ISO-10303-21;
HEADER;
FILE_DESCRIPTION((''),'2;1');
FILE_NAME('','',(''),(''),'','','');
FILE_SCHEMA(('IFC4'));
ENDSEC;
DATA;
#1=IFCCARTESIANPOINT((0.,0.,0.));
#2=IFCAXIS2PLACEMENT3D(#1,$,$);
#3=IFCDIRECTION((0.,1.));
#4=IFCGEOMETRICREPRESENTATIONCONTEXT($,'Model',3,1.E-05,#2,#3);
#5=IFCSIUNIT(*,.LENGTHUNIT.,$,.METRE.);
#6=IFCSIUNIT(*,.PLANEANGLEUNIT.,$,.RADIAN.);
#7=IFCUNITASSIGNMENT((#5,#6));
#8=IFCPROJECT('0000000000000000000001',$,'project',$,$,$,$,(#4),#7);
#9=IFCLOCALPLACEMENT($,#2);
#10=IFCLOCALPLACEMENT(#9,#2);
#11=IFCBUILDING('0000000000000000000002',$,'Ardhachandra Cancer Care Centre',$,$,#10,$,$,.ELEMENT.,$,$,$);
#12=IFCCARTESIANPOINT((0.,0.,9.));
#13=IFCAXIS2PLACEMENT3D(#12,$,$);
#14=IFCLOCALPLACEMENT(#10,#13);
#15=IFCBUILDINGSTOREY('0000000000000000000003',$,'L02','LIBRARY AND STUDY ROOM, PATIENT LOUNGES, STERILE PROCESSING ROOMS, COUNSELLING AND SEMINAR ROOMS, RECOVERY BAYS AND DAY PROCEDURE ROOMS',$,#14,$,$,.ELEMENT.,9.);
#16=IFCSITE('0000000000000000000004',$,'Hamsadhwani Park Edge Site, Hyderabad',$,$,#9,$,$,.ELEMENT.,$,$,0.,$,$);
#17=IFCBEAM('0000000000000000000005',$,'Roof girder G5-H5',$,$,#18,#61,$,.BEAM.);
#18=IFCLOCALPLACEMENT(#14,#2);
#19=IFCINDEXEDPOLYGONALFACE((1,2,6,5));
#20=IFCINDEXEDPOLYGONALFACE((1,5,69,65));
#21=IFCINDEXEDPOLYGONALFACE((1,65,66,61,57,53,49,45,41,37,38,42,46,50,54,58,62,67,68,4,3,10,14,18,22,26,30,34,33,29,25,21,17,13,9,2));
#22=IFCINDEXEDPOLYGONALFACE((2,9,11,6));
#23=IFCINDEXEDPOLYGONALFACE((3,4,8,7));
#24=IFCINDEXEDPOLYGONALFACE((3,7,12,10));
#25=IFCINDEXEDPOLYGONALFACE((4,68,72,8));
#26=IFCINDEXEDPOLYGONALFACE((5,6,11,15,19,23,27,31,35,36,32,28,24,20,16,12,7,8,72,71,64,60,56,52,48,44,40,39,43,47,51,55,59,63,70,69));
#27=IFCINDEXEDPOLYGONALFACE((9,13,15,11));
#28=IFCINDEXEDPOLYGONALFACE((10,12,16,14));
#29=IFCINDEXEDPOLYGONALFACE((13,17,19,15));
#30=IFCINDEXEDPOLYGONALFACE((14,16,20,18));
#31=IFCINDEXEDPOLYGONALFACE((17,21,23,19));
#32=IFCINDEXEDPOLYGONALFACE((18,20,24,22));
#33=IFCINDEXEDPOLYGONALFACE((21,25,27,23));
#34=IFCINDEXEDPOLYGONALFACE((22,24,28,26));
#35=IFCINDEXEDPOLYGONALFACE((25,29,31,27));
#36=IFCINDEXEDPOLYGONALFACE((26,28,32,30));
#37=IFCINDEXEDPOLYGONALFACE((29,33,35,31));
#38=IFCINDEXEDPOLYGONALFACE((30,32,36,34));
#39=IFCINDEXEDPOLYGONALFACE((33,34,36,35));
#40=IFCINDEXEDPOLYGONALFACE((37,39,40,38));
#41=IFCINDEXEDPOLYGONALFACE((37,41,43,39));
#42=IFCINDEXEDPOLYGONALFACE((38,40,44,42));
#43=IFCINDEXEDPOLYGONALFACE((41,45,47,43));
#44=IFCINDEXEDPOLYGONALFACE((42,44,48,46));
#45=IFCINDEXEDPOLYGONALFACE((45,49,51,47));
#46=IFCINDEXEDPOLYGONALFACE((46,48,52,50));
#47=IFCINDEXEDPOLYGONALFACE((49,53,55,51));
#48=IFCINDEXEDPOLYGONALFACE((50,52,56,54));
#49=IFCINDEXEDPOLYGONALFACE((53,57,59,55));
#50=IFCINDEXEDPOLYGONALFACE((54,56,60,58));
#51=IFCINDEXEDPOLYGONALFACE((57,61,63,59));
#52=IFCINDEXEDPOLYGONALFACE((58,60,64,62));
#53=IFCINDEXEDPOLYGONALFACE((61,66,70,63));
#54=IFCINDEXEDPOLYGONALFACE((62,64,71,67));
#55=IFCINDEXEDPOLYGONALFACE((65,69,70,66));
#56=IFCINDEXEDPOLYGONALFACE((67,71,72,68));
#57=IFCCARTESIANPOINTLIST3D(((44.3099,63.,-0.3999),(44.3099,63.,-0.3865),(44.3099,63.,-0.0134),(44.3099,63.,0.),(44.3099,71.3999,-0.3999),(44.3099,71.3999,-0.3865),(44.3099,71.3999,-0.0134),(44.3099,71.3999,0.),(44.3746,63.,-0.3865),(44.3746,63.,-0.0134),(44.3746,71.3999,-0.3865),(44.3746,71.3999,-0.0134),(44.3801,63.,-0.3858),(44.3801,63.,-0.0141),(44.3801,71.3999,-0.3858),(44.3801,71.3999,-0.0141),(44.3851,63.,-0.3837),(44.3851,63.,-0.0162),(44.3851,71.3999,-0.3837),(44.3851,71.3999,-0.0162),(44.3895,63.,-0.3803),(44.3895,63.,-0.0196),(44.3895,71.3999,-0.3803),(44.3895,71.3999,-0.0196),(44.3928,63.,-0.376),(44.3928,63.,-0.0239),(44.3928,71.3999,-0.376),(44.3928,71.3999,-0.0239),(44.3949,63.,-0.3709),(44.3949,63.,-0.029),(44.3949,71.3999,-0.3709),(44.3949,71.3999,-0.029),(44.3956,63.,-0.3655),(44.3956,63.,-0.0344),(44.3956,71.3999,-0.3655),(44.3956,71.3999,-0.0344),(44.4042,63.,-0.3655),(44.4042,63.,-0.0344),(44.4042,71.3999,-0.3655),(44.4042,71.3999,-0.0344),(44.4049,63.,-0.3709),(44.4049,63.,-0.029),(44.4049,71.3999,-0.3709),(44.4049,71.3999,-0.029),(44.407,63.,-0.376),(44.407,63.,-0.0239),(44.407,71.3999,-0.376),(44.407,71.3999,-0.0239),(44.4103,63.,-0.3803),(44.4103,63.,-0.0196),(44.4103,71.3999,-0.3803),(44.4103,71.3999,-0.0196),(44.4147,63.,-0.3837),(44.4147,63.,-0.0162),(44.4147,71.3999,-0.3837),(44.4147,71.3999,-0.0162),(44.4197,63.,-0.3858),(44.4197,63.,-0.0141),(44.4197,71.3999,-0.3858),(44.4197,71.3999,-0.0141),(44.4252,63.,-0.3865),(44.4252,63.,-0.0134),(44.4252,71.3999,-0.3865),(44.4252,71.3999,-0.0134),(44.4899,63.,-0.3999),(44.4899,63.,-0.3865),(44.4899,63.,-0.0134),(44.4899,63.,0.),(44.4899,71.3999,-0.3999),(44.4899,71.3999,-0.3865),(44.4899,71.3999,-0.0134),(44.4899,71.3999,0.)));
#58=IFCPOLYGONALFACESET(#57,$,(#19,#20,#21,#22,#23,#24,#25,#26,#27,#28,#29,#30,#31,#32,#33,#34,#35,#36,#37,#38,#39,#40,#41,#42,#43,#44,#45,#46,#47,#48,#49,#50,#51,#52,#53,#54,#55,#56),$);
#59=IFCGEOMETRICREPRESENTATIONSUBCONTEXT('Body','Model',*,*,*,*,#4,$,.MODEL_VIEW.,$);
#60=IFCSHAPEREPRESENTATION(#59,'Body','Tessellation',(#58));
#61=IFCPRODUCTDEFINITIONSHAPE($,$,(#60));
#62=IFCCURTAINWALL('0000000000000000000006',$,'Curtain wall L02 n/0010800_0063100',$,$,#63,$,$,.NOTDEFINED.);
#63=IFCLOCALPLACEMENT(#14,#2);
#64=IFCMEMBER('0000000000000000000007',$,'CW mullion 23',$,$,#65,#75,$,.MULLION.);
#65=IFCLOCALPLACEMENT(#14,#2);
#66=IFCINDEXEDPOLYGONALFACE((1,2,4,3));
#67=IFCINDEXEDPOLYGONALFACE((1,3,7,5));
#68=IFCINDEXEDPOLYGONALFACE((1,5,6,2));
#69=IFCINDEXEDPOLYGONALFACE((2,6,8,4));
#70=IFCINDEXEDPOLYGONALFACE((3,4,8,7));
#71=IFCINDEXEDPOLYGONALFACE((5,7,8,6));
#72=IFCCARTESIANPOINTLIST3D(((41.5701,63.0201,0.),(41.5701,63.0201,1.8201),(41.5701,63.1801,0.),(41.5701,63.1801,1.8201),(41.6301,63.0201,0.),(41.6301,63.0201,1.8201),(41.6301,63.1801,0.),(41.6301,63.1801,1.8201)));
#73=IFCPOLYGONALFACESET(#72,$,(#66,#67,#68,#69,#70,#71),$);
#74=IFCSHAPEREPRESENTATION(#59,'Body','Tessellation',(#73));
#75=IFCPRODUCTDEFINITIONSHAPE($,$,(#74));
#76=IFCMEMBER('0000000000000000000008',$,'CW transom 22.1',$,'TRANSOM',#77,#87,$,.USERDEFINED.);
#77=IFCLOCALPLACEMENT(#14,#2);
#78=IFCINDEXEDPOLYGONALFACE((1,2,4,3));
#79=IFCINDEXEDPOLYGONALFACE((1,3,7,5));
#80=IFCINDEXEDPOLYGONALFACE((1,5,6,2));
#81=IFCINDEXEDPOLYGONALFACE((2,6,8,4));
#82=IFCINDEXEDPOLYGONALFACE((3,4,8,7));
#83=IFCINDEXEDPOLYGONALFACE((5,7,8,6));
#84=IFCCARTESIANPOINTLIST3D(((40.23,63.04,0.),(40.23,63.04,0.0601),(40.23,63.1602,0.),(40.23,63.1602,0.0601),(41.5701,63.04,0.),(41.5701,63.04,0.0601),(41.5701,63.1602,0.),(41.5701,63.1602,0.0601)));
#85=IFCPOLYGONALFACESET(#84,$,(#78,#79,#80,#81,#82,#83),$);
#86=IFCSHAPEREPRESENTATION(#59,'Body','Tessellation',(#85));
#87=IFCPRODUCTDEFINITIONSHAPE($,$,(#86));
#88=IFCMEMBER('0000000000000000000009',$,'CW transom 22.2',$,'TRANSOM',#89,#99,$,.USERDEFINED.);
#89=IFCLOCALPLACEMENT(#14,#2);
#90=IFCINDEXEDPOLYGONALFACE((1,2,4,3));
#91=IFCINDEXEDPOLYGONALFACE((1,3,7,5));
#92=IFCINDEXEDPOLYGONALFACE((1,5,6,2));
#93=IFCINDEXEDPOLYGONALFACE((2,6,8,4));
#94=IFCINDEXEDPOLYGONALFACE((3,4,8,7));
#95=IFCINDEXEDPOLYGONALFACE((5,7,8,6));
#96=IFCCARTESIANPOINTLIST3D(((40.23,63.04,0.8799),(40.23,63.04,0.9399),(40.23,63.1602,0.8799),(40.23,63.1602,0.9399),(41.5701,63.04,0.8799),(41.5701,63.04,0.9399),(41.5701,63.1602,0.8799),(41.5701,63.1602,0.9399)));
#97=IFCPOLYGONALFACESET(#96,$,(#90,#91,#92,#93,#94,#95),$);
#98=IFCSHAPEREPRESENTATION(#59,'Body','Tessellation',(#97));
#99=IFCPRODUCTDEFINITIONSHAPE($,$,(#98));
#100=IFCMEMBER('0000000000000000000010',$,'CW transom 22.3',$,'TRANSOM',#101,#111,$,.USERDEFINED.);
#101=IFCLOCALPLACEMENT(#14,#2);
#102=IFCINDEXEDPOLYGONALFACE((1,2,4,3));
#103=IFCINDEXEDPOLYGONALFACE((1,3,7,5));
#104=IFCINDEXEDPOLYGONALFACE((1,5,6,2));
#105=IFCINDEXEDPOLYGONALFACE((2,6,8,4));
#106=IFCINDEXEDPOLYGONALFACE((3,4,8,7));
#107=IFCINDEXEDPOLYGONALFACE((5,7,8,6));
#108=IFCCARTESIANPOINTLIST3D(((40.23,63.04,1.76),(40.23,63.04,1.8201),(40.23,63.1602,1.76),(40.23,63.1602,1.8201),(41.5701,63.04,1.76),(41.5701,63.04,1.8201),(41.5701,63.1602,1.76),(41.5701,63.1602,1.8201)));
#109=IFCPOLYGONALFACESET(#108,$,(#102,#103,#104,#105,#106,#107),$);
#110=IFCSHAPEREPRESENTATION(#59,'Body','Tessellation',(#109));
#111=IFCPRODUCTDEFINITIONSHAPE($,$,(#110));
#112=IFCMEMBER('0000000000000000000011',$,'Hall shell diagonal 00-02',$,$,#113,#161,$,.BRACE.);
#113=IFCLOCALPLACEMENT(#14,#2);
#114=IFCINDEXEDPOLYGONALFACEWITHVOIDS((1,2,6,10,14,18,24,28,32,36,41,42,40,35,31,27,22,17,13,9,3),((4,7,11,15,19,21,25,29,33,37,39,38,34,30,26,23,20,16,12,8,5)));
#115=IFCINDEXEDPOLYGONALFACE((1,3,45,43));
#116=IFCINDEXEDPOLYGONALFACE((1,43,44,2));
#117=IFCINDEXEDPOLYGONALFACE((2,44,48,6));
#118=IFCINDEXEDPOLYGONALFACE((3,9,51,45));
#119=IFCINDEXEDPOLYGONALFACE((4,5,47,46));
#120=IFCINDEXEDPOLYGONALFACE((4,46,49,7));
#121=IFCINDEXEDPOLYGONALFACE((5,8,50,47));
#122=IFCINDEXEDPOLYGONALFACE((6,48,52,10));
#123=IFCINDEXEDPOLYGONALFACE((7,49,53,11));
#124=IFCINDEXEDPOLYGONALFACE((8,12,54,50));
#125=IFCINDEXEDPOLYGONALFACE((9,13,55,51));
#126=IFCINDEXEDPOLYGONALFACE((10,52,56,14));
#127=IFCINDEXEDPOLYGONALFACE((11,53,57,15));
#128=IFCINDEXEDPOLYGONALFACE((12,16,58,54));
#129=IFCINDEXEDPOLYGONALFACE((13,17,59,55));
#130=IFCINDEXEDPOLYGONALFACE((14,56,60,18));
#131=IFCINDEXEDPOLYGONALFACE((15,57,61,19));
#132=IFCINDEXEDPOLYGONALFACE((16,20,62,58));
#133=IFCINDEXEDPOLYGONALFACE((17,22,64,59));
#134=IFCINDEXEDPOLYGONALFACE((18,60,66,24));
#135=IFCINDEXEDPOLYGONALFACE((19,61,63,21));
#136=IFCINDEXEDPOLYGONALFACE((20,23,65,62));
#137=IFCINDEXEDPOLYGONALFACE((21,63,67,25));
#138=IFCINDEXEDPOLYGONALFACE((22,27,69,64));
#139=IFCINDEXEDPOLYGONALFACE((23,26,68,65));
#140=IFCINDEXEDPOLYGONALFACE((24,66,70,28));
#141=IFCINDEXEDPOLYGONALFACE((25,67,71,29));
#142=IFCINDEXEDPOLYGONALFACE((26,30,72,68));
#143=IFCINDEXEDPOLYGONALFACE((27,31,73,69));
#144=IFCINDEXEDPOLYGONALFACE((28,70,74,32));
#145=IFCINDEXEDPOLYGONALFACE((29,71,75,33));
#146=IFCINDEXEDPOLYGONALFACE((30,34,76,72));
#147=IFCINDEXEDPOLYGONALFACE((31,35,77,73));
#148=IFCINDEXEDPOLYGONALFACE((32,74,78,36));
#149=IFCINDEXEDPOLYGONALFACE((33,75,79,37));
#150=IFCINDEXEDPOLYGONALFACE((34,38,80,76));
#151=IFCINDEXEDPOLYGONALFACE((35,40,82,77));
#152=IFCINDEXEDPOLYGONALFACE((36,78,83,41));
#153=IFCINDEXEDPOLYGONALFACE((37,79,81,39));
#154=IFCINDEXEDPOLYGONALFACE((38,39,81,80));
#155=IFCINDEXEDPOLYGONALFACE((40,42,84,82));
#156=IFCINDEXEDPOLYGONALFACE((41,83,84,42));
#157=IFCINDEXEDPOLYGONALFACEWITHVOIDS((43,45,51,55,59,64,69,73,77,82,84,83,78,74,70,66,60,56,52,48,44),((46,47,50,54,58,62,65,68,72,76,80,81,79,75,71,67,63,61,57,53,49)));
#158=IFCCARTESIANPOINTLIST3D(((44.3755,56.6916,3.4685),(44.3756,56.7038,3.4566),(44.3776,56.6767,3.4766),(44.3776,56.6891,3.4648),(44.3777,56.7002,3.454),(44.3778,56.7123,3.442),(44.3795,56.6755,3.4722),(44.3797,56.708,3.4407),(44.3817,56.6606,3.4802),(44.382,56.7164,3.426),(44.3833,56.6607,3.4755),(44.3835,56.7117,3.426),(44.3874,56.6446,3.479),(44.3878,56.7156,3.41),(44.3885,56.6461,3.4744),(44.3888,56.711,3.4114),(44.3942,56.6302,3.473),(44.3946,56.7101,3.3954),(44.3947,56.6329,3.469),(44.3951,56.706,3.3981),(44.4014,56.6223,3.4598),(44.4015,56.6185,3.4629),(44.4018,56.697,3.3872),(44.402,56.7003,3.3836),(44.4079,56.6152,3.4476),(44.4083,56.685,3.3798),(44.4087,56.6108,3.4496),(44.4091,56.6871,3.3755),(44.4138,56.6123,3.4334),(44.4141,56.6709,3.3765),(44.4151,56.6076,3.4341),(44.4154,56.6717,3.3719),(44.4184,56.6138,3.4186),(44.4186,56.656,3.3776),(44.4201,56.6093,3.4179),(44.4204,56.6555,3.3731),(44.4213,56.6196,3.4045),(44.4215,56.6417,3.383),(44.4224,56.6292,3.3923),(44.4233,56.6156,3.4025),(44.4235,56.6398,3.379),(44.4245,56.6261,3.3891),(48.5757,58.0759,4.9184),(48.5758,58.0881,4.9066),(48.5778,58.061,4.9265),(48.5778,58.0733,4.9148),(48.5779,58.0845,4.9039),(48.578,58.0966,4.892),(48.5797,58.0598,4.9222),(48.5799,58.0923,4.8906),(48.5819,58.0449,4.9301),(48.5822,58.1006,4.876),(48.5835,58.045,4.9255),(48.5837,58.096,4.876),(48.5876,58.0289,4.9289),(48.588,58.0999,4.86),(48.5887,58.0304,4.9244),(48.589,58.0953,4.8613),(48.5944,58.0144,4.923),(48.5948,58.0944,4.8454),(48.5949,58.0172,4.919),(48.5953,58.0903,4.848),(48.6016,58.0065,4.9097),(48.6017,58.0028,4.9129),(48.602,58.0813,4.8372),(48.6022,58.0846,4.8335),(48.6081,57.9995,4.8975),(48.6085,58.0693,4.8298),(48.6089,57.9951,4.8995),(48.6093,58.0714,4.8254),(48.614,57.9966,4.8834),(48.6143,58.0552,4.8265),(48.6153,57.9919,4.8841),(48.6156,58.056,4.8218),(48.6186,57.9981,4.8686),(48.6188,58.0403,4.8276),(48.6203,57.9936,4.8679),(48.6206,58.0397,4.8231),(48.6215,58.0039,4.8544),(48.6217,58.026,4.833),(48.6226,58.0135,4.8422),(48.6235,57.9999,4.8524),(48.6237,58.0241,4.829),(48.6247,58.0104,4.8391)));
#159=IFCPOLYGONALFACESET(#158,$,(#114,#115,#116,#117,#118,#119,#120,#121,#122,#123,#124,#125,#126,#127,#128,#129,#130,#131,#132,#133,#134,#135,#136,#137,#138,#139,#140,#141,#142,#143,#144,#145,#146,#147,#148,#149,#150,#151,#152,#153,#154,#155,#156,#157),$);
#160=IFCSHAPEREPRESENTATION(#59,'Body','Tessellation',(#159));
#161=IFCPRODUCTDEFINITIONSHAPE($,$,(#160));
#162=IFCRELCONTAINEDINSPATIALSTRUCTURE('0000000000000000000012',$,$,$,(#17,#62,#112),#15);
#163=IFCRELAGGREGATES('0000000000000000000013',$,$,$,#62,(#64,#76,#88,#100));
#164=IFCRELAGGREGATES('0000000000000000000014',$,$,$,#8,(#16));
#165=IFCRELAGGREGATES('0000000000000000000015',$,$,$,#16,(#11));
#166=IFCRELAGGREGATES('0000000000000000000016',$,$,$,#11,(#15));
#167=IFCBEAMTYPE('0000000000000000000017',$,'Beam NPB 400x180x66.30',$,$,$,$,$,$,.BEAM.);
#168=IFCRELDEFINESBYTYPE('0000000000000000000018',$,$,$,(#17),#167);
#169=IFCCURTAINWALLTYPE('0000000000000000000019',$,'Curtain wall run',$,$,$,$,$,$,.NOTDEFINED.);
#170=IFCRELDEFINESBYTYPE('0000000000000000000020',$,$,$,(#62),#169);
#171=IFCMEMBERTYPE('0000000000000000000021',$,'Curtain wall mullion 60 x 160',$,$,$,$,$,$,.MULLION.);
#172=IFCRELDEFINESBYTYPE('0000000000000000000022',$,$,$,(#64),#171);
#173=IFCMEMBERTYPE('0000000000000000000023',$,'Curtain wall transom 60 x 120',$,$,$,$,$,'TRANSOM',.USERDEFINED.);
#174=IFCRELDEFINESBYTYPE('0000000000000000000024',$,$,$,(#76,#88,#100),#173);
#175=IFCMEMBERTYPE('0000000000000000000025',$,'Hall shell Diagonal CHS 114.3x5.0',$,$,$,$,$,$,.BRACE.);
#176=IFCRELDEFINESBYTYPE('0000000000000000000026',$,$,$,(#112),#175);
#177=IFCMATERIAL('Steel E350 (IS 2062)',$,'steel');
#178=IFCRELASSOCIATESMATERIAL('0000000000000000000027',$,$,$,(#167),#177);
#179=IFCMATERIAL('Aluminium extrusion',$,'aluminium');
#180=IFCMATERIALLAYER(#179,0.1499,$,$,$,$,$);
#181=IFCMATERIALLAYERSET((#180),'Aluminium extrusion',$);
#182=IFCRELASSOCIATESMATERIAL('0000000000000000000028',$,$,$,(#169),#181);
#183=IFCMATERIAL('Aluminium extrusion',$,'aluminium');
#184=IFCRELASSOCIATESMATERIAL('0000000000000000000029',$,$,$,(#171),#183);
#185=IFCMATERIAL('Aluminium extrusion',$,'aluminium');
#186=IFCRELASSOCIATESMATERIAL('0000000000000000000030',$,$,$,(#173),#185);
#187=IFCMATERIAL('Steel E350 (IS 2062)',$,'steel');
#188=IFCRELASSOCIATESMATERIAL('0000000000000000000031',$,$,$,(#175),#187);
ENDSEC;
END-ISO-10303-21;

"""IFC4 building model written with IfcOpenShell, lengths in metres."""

from ifc_helpers import new_model, si_unit, direction, frame, origin, origin_2d, place, context, subcontext, project, spatial, rectangle, hollow_circle, i_section, extrude, material, layer, layer_set, material_profile, profile_set, type_object, element, aggregate, save


model = new_model("IFC4")

# Units and contexts
model_context = context("Model", 3, precision=1e-05, world=origin(), true_north=direction((0.0, 1.0)))
body_context = subcontext(model_context, "Body", "Model", "MODEL_VIEW")
ifc_project = project(units=[si_unit("LENGTHUNIT", "METRE"), si_unit("PLANEANGLEUNIT", "RADIAN")], contexts=[model_context])

# Site, building, storey
site_placement = place(None, origin())
site = spatial("IfcSite", under=ifc_project, at=site_placement, Name="Hamsadhwani Park Edge Site, Hyderabad", CompositionType="ELEMENT", RefElevation=0.0)
building_placement = place(site_placement, origin())
building = spatial("IfcBuilding", under=site, at=building_placement, Name="Ardhachandra Cancer Care Centre", CompositionType="ELEMENT")
storey_placement = place(building_placement, frame((0.0, 0.0, 9.0)))
storey = spatial("IfcBuildingStorey", under=building, at=storey_placement, Name="L02", Description="LIBRARY AND STUDY ROOM, PATIENT LOUNGES, STERILE PROCESSING ROOMS, COUNSELLING AND SEMINAR ROOMS, RECOVERY BAYS AND DAY PROCEDURE ROOMS", CompositionType="ELEMENT", Elevation=9.0)

# Beam
ifc_material_1 = material(Name="Steel E350 (IS 2062)", Category="steel")
ifc_material_profile_1 = material_profile(ifc_material_1, i_section(OverallWidth=0.1799, OverallDepth=0.3999, WebThickness=0.0085, FlangeThickness=0.0134, FilletRadius=0.021, at=origin_2d()), Name="NPB 400x180x66.30")
ifc_profile_set_1 = profile_set([ifc_material_profile_1], Name="Steel E350 (IS 2062)")
beam_type = type_object("IfcBeamType", Name="Beam NPB 400x180x66.30", PredefinedType="BEAM", material=ifc_profile_set_1)
beam_placement = place(storey_placement, frame((44.3999, 63.0, -0.2), z_axis=(0.0, 1.0, 0.0), x_axis=(-1.0, 0.0, 0.0)))
element("IfcBeam", 1, at=beam_placement, inside=storey, type_object=beam_type, Name="Roof girder G5-H5", PredefinedType="BEAM", context=body_context, shape_type="SweptSolid", body=[
    extrude(i_section(OverallWidth=0.1799, OverallDepth=0.3999, WebThickness=0.0085, FlangeThickness=0.0134, FilletRadius=0.021, at=origin_2d()), origin(), (0.0, 0.0, 1.0), 8.3999),
])

# Curtain wall, members
ifc_material_2 = material(Name="Aluminium extrusion", Category="aluminium")
ifc_layer_1 = layer(ifc_material_2, 0.1499)
ifc_layer_set_1 = layer_set([ifc_layer_1], Name="Aluminium extrusion")
curtain_wall_type = type_object("IfcCurtainWallType", Name="Curtain wall run", PredefinedType="NOTDEFINED", material=ifc_layer_set_1)
curtain_wall_placement = place(storey_placement, origin())
curtain_wall = element("IfcCurtainWall", 2, at=curtain_wall_placement, inside=storey, type_object=curtain_wall_type, Name="Curtain wall L02 n/0010800_0063100", PredefinedType="NOTDEFINED")
ifc_material_3 = material(Name="Aluminium extrusion", Category="aluminium")
ifc_material_profile_2 = material_profile(ifc_material_3, rectangle(XDim=0.1599, YDim=0.0601, at=origin_2d()), Name="Curtain wall mullion 60 x 160")
ifc_profile_set_2 = profile_set([ifc_material_profile_2], Name="Aluminium extrusion")
member_type_1 = type_object("IfcMemberType", Name="Curtain wall mullion 60 x 160", PredefinedType="MULLION", material=ifc_profile_set_2)
member_1_placement = place(storey_placement, frame((41.6001, 63.1001, 0.0), z_axis=(0.0, 0.0, 1.0), x_axis=(0.0, 1.0, 0.0)))
member_1 = element("IfcMember", 3, at=member_1_placement, type_object=member_type_1, Name="CW mullion 23", PredefinedType="MULLION", context=body_context, shape_type="SweptSolid", body=[
    extrude(rectangle(XDim=0.1599, YDim=0.0601, at=origin_2d()), origin(), (0.0, 0.0, 1.0), 1.8201),
])
ifc_material_4 = material(Name="Aluminium extrusion", Category="aluminium")
ifc_material_profile_3 = material_profile(ifc_material_4, rectangle(XDim=0.1201, YDim=0.0601, at=origin_2d()), Name="Curtain wall transom 60 x 120")
ifc_profile_set_3 = profile_set([ifc_material_profile_3], Name="Aluminium extrusion")
member_type_2 = type_object("IfcMemberType", Name="Curtain wall transom 60 x 120", ElementType="TRANSOM", PredefinedType="USERDEFINED", material=ifc_profile_set_3)
member_2_placement = place(storey_placement, frame((40.23, 63.1001, 0.03), z_axis=(1.0, 0.0, 0.0), x_axis=(0.0, 1.0, 0.0)))
member_2 = element("IfcMember", 4, at=member_2_placement, type_object=member_type_2, Name="CW transom 22.1", ObjectType="TRANSOM", PredefinedType="USERDEFINED", context=body_context, shape_type="SweptSolid", body=[
    extrude(rectangle(XDim=0.1201, YDim=0.0601, at=origin_2d()), origin(), (0.0, 0.0, 1.0), 1.3401),
])
member_3_placement = place(storey_placement, frame((40.23, 63.1001, 0.9099), z_axis=(1.0, 0.0, 0.0), x_axis=(0.0, 1.0, 0.0)))
member_3 = element("IfcMember", 5, at=member_3_placement, type_object=member_type_2, Name="CW transom 22.2", ObjectType="TRANSOM", PredefinedType="USERDEFINED", context=body_context, shape_type="SweptSolid", body=[
    extrude(rectangle(XDim=0.1201, YDim=0.0601, at=origin_2d()), origin(), (0.0, 0.0, 1.0), 1.3401),
])
member_4_placement = place(storey_placement, frame((40.23, 63.1001, 1.79), z_axis=(1.0, 0.0, 0.0), x_axis=(0.0, 1.0, 0.0)))
member_4 = element("IfcMember", 6, at=member_4_placement, type_object=member_type_2, Name="CW transom 22.3", ObjectType="TRANSOM", PredefinedType="USERDEFINED", context=body_context, shape_type="SweptSolid", body=[
    extrude(rectangle(XDim=0.1201, YDim=0.0601, at=origin_2d()), origin(), (0.0, 0.0, 1.0), 1.3401),
])

# Member
ifc_material_5 = material(Name="Steel E350 (IS 2062)", Category="steel")
ifc_material_profile_4 = material_profile(ifc_material_5, hollow_circle(Radius=0.0571, WallThickness=0.0049, at=origin_2d()), Name="CHS 114.3x5.0")
ifc_profile_set_4 = profile_set([ifc_material_profile_4], Name="Steel E350 (IS 2062)")
member_type_3 = type_object("IfcMemberType", Name="Hall shell Diagonal CHS 114.3x5.0", PredefinedType="BRACE", material=ifc_profile_set_4)
for number, where, z_axis, x_axis, name in (
    (7, (44.3999, 56.6621, 3.426), (0.902481, 0.297435, 0.311546), (-0.313013, 0.949749, 0.0), "Hall shell diagonal 00-02"),
):
    element("IfcMember", number, at=place(storey_placement, frame(where, z_axis=z_axis, x_axis=x_axis)), inside=storey, type_object=member_type_3, Name=name, PredefinedType="BRACE", context=body_context, shape_type="SweptSolid", body=[
        extrude(hollow_circle(Radius=0.0571, WallThickness=0.0049, at=origin_2d()), origin(), (0.0, 0.0, 1.0), 4.6541),
    ])

aggregate(curtain_wall, [member_1, member_2, member_3, member_4])

save(model, "model.ifc")
